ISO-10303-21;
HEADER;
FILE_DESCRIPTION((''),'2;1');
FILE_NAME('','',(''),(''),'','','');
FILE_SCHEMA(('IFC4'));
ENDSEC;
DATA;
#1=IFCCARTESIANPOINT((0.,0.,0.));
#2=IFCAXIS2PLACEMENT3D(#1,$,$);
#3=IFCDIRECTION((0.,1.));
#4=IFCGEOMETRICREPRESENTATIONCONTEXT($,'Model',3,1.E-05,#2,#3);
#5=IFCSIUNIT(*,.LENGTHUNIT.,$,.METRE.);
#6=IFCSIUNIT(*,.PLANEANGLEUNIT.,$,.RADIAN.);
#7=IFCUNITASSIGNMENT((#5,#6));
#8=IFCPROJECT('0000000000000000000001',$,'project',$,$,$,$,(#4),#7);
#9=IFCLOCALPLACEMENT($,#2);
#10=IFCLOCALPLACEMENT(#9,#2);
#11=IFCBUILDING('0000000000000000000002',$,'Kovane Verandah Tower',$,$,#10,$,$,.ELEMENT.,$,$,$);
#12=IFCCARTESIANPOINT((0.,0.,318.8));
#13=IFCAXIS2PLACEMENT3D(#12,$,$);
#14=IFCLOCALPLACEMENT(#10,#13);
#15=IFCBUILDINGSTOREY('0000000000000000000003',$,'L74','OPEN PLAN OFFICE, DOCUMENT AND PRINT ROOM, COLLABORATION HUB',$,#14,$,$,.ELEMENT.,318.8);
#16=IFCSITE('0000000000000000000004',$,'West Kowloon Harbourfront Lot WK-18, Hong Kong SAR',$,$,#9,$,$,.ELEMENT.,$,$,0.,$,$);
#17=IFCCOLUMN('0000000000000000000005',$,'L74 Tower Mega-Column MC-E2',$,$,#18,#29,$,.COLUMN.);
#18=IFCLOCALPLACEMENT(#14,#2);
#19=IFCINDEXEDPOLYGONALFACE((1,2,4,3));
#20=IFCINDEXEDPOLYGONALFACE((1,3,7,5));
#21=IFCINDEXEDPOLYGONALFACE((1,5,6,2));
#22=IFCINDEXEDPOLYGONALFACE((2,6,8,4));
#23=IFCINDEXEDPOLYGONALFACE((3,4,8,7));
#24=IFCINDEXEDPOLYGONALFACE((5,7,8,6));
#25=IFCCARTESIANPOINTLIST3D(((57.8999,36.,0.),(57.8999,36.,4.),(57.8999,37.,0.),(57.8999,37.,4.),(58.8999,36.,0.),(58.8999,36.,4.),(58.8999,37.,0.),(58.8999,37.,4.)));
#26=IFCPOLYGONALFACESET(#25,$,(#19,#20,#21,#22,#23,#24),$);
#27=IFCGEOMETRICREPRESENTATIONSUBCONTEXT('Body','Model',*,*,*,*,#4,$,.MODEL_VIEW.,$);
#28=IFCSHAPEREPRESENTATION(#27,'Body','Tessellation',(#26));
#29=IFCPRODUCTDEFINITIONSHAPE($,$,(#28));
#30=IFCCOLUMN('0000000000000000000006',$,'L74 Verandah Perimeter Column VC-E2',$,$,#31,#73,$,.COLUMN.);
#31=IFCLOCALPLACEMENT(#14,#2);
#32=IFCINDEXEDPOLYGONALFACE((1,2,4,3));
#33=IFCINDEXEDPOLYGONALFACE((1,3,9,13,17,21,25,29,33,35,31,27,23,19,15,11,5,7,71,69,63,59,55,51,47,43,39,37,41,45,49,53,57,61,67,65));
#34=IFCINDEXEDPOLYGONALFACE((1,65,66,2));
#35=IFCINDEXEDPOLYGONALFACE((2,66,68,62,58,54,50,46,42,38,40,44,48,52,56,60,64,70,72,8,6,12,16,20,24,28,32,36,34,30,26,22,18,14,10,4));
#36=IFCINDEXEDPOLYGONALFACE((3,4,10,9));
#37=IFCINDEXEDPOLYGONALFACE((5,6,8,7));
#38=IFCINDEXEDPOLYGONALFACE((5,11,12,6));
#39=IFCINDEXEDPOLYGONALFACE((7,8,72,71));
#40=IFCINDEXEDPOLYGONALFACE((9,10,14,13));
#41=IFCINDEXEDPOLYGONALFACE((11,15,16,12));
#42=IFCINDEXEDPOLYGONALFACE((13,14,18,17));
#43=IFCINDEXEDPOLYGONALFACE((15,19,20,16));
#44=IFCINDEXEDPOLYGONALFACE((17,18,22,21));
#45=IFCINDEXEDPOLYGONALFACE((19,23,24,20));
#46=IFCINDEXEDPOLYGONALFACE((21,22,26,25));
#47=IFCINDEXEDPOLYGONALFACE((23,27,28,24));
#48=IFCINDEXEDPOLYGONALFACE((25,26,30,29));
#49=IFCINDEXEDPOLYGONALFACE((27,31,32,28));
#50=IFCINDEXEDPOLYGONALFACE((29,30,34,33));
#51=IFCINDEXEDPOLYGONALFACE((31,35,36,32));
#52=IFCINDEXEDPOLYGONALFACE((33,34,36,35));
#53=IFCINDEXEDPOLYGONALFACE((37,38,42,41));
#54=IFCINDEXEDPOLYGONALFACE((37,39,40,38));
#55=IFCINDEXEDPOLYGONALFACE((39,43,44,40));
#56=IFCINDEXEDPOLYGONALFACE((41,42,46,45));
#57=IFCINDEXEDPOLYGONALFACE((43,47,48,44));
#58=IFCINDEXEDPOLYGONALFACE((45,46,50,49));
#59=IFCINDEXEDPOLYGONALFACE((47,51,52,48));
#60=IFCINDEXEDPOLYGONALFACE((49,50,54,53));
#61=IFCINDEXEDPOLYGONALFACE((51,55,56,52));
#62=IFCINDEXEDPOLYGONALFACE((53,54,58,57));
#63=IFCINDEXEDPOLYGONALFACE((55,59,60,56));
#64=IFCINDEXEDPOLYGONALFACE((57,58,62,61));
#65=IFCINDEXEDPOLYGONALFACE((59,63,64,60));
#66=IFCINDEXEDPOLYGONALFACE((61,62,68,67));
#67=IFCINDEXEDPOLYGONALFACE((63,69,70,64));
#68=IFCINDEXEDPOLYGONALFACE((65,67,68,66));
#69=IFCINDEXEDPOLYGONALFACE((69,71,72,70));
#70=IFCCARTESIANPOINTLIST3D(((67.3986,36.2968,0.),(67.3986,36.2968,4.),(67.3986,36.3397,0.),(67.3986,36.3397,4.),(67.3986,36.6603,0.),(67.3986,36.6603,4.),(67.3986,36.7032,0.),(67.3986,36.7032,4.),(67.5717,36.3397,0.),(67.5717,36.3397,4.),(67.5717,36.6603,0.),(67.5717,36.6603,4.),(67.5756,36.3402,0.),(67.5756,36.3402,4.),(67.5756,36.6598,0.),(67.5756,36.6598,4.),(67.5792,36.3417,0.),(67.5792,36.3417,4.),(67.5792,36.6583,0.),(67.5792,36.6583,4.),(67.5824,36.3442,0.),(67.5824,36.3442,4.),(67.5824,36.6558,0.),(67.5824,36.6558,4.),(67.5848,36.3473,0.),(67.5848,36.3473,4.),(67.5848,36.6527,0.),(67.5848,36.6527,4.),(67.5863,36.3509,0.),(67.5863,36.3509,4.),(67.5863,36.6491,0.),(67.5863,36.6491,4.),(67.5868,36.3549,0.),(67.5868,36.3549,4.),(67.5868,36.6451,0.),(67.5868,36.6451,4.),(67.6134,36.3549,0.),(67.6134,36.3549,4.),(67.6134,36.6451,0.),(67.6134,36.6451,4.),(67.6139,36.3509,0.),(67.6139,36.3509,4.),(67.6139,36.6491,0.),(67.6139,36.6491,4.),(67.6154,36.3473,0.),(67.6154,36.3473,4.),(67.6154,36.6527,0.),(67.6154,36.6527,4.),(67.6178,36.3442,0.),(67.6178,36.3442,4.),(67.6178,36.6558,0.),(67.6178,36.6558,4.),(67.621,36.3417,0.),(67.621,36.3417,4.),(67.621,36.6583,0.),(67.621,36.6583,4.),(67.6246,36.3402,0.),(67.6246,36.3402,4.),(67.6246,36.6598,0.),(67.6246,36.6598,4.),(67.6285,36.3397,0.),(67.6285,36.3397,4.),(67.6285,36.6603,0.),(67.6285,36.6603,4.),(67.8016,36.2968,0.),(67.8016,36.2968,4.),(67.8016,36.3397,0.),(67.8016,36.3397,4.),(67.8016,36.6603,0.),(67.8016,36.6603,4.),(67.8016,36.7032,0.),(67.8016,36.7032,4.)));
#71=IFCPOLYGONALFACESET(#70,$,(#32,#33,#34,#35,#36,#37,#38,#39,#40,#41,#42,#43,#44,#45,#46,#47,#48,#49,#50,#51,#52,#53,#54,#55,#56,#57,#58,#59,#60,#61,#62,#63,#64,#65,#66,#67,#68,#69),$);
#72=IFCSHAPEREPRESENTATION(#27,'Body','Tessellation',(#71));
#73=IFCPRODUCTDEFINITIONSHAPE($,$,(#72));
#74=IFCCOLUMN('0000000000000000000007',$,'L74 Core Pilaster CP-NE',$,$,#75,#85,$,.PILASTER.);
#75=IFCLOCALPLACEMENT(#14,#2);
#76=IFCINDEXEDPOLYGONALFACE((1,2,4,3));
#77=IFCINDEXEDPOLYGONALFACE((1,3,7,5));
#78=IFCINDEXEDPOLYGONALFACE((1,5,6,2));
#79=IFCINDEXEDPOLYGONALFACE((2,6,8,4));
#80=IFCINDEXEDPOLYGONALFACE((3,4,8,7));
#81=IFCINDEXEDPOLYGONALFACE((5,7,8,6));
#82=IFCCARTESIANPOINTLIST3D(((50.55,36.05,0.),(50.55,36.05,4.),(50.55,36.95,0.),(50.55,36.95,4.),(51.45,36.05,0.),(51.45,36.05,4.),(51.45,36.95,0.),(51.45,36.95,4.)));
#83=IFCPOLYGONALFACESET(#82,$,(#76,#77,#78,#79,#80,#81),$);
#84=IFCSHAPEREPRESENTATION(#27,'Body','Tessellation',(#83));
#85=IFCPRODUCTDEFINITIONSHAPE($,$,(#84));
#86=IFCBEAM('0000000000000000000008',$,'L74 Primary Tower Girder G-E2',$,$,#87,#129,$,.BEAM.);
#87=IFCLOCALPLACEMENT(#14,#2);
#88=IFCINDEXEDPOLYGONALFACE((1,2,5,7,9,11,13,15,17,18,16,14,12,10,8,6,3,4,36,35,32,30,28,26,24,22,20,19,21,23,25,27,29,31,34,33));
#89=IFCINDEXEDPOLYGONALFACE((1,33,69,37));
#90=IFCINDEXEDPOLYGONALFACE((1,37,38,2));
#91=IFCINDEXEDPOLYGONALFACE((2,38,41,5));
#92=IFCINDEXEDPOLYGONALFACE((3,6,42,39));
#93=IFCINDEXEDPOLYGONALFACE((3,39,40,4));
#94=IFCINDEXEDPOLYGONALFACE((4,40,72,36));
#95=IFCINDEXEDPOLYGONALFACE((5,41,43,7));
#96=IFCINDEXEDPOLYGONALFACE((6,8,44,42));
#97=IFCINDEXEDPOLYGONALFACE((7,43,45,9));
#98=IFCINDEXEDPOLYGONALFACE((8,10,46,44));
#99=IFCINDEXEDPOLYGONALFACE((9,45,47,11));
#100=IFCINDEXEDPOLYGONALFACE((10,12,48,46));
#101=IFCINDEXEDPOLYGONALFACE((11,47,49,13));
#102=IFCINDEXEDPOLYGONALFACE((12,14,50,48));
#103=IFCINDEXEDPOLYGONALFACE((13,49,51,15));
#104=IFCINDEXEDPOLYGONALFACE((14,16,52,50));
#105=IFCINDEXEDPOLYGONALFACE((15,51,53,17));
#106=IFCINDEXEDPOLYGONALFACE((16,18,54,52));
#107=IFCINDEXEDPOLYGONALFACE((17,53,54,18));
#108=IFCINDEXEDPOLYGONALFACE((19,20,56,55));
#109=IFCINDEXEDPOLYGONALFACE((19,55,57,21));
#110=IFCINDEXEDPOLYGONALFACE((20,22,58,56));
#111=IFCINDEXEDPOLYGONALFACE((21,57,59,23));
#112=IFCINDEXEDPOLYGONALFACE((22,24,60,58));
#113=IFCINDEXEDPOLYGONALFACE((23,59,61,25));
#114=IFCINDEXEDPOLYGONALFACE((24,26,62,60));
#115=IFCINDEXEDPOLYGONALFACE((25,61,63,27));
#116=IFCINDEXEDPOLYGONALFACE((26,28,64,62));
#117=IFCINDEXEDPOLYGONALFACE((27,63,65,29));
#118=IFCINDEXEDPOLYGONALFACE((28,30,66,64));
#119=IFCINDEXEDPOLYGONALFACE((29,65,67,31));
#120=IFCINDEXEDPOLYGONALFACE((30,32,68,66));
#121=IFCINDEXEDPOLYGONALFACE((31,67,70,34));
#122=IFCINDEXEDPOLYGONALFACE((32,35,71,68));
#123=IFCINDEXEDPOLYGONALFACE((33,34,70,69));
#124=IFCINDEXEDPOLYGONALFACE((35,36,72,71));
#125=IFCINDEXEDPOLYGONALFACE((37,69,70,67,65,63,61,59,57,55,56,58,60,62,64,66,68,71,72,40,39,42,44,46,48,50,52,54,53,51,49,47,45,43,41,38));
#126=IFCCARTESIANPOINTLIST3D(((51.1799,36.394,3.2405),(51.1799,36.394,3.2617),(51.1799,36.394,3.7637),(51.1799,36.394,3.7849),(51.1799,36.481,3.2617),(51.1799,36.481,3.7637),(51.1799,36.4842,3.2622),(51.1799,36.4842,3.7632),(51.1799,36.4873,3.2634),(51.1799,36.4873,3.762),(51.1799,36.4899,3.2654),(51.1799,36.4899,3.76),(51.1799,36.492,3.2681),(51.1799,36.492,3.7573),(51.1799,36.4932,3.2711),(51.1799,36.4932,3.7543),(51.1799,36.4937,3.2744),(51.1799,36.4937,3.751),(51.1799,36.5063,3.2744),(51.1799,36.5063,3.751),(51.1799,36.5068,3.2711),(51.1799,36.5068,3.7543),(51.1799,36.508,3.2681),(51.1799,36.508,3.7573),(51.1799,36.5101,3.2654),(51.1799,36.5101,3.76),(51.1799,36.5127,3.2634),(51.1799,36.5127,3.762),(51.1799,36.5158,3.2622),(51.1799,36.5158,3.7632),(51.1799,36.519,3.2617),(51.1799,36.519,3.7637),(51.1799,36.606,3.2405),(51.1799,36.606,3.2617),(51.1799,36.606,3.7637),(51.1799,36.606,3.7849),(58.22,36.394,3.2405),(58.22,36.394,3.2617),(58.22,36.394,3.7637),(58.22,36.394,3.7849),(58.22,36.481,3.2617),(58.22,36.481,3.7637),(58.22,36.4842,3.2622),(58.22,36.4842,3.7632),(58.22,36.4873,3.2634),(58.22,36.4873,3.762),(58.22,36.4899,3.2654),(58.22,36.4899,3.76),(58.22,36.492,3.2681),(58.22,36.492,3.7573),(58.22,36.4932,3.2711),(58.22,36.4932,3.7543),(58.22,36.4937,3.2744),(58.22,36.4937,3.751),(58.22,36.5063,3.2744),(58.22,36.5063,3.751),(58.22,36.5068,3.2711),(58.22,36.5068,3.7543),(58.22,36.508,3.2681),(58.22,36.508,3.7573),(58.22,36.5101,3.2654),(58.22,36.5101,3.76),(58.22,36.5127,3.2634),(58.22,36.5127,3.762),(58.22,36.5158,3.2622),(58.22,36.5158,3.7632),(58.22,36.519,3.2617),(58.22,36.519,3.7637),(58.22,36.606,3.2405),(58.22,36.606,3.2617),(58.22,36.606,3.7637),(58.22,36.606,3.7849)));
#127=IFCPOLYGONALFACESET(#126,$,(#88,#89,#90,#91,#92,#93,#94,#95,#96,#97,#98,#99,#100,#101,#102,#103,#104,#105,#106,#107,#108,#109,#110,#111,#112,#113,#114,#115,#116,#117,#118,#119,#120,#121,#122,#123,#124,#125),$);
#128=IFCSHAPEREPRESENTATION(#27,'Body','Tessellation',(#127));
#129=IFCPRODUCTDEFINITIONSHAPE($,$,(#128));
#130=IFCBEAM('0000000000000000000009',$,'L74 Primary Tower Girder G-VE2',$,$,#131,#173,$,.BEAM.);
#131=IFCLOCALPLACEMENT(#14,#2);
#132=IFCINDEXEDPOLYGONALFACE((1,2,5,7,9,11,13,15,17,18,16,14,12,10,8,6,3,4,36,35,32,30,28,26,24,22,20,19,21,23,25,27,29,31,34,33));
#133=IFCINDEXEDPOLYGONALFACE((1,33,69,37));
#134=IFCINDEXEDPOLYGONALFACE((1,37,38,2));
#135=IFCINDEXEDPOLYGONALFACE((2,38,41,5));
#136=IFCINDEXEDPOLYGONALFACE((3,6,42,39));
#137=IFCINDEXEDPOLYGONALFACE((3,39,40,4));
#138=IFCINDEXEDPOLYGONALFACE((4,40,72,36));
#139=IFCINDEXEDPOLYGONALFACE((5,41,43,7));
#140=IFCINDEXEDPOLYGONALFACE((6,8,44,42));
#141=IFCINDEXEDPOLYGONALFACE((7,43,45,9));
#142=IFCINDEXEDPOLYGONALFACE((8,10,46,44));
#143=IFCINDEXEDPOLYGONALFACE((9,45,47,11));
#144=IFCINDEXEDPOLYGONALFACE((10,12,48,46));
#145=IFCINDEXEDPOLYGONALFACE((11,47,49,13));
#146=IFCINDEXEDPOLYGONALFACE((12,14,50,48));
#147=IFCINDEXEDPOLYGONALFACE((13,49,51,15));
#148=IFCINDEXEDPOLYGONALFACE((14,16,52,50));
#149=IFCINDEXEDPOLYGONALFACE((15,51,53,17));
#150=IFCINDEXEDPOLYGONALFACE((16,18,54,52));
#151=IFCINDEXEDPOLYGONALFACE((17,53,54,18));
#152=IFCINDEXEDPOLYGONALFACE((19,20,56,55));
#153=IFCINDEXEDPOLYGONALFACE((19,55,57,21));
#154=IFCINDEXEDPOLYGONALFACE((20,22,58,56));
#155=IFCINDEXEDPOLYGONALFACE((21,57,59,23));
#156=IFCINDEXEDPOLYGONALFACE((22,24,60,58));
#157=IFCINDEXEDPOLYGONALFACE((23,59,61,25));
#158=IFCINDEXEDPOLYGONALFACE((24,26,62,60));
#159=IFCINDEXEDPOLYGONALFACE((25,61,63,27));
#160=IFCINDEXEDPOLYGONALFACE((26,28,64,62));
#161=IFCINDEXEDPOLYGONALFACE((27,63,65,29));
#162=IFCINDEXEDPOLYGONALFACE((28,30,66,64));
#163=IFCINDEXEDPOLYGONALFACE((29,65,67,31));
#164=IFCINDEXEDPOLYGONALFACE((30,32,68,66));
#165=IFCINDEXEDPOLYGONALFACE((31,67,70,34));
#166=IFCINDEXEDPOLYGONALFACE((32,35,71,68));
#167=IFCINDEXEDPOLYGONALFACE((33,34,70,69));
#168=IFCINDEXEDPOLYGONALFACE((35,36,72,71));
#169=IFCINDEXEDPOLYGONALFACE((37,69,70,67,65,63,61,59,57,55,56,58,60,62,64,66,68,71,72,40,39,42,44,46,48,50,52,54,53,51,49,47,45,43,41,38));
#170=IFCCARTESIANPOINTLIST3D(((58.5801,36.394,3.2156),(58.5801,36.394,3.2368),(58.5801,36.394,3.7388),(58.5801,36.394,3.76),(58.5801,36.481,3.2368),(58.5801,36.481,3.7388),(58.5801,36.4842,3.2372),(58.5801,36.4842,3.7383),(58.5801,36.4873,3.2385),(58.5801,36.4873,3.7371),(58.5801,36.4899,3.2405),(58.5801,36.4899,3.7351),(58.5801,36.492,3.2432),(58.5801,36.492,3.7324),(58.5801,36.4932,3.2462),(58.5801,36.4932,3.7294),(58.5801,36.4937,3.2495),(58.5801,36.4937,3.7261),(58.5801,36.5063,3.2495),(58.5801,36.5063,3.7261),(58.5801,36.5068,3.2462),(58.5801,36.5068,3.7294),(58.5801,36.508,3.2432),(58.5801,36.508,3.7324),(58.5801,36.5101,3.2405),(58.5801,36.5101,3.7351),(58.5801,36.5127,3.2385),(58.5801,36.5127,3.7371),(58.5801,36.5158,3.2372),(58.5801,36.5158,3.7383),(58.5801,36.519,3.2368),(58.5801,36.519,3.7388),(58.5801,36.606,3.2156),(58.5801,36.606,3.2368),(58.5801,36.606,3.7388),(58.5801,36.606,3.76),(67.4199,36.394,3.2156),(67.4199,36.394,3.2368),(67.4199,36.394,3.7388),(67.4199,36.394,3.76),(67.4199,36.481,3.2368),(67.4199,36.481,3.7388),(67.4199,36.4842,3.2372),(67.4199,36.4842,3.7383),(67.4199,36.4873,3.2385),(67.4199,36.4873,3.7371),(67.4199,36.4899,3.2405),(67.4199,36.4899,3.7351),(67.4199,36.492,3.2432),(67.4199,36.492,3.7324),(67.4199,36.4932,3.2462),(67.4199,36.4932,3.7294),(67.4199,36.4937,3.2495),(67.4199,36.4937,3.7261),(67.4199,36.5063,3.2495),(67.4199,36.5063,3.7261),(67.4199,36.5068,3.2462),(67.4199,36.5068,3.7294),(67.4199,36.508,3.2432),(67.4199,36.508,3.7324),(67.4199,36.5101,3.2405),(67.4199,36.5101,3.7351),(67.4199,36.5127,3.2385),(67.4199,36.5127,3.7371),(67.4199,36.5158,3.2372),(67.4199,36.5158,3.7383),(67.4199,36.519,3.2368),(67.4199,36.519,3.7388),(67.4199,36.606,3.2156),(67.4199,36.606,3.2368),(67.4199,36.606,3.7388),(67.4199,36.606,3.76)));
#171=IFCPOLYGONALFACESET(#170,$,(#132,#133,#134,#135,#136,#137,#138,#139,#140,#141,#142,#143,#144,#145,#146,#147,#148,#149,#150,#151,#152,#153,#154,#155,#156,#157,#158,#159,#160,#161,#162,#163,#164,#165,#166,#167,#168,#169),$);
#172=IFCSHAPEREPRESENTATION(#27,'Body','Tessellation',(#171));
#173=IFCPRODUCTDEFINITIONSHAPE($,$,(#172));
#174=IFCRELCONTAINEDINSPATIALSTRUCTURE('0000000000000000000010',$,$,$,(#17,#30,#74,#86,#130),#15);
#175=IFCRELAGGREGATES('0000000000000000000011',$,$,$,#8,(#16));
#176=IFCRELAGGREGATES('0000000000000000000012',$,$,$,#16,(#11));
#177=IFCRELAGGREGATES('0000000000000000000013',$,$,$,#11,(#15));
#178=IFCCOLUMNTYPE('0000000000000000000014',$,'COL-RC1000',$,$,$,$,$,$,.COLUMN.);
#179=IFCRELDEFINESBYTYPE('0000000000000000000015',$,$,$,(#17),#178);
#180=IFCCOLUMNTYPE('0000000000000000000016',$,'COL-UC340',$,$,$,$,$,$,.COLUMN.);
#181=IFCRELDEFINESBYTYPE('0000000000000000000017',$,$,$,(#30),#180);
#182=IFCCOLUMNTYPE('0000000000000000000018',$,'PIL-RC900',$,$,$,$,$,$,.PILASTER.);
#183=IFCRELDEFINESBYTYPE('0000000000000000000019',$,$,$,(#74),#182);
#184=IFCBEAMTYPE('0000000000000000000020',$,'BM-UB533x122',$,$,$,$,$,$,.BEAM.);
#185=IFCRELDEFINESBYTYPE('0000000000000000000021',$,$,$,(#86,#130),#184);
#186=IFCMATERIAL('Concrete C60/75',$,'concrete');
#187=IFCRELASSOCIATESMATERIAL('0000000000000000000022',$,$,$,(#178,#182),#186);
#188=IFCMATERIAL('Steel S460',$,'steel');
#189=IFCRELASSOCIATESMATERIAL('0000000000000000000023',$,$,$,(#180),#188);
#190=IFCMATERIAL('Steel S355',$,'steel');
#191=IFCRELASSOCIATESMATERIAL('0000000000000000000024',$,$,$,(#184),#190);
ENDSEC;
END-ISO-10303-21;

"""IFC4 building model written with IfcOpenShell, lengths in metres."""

from ifc_helpers import new_model, si_unit, direction, frame, origin, origin_2d, place, context, subcontext, project, spatial, rectangle, i_section, extrude, material, material_profile, profile_set, type_object, element, save


model = new_model("IFC4")

# Units and contexts
model_context = context("Model", 3, precision=1e-05, world=origin(), true_north=direction((0.0, 1.0)))
body_context = subcontext(model_context, "Body", "Model", "MODEL_VIEW")
ifc_project = project(units=[si_unit("LENGTHUNIT", "METRE"), si_unit("PLANEANGLEUNIT", "RADIAN")], contexts=[model_context])

# Site, building, storey
site_placement = place(None, origin())
site = spatial("IfcSite", under=ifc_project, at=site_placement, Name="West Kowloon Harbourfront Lot WK-18, Hong Kong SAR", CompositionType="ELEMENT", RefElevation=0.0)
building_placement = place(site_placement, origin())
building = spatial("IfcBuilding", under=site, at=building_placement, Name="Kovane Verandah Tower", CompositionType="ELEMENT")
storey_placement = place(building_placement, frame((0.0, 0.0, 318.8)))
storey = spatial("IfcBuildingStorey", under=building, at=storey_placement, Name="L74", Description="OPEN PLAN OFFICE, DOCUMENT AND PRINT ROOM, COLLABORATION HUB", CompositionType="ELEMENT", Elevation=318.8)

# Columns
ifc_material_1 = material(Name="Concrete C60/75", Category="concrete")
ifc_material_profile_1 = material_profile(ifc_material_1, rectangle(XDim=1.0, YDim=1.0, at=origin_2d()), Name="RC1000x1000")
ifc_profile_set_1 = profile_set([ifc_material_profile_1], Name="Concrete C60/75")
column_type_1 = type_object("IfcColumnType", Name="COL-RC1000", PredefinedType="COLUMN", material=ifc_profile_set_1)
column_1_placement = place(storey_placement, frame((58.3999, 36.5, 0.0), z_axis=(0.0, 0.0, 1.0), x_axis=(1.0, 0.0, 0.0)))
element("IfcColumn", 1, at=column_1_placement, inside=storey, type_object=column_type_1, Name="L74 Tower Mega-Column MC-E2", PredefinedType="COLUMN", context=body_context, shape_type="SweptSolid", body=[
    extrude(rectangle(XDim=1.0, YDim=1.0, at=origin_2d()), origin(), (0.0, 0.0, 1.0), 4.0),
])
ifc_material_2 = material(Name="Steel S460", Category="steel")
ifc_material_profile_2 = material_profile(ifc_material_2, i_section(OverallWidth=0.4031, OverallDepth=0.4065, WebThickness=0.0266, FlangeThickness=0.043, FilletRadius=0.0151, at=origin_2d()), Name="UC356x406x340")
ifc_profile_set_2 = profile_set([ifc_material_profile_2], Name="Steel S460")
column_type_2 = type_object("IfcColumnType", Name="COL-UC340", PredefinedType="COLUMN", material=ifc_profile_set_2)
column_2_placement = place(storey_placement, frame((67.6001, 36.5, 0.0), z_axis=(0.0, 0.0, 1.0), x_axis=(1.0, 0.0, 0.0)))
element("IfcColumn", 2, at=column_2_placement, inside=storey, type_object=column_type_2, Name="L74 Verandah Perimeter Column VC-E2", PredefinedType="COLUMN", context=body_context, shape_type="SweptSolid", body=[
    extrude(i_section(OverallWidth=0.4031, OverallDepth=0.4065, WebThickness=0.0266, FlangeThickness=0.043, FilletRadius=0.0151, at=origin_2d()), origin(), (0.0, 0.0, 1.0), 4.0),
])
ifc_material_profile_3 = material_profile(ifc_material_1, rectangle(XDim=0.8999, YDim=0.8999, at=origin_2d()), Name="RC900x900")
ifc_profile_set_3 = profile_set([ifc_material_profile_3], Name="Concrete C60/75")
column_type_3 = type_object("IfcColumnType", Name="PIL-RC900", PredefinedType="PILASTER", material=ifc_profile_set_3)
column_3_placement = place(storey_placement, frame((51.0, 36.5, 0.0), z_axis=(0.0, 0.0, 1.0), x_axis=(1.0, 0.0, 0.0)))
element("IfcColumn", 3, at=column_3_placement, inside=storey, type_object=column_type_3, Name="L74 Core Pilaster CP-NE", PredefinedType="PILASTER", context=body_context, shape_type="SweptSolid", body=[
    extrude(rectangle(XDim=0.8999, YDim=0.8999, at=origin_2d()), origin(), (0.0, 0.0, 1.0), 4.0),
])

# Beams
ifc_material_3 = material(Name="Steel S355", Category="steel")
ifc_material_profile_4 = material_profile(ifc_material_3, i_section(OverallWidth=0.2119, OverallDepth=0.5444, WebThickness=0.0127, FlangeThickness=0.0212, FilletRadius=0.0127, at=origin_2d()), Name="UB533x210x122")
ifc_profile_set_4 = profile_set([ifc_material_profile_4], Name="Steel S355")
beam_type_1 = type_object("IfcBeamType", Name="BM-UB533x122", PredefinedType="BEAM", material=ifc_profile_set_4)
beam_1_placement = place(storey_placement, frame((51.1799, 36.5, 3.5127), z_axis=(1.0, 0.0, 0.0), x_axis=(0.0, 1.0, 0.0)))
element("IfcBeam", 4, at=beam_1_placement, inside=storey, type_object=beam_type_1, Name="L74 Primary Tower Girder G-E2", PredefinedType="BEAM", context=body_context, shape_type="SweptSolid", body=[
    extrude(i_section(OverallWidth=0.2119, OverallDepth=0.5444, WebThickness=0.0127, FlangeThickness=0.0212, FilletRadius=0.0127, at=origin_2d()), origin(), (0.0, 0.0, 1.0), 7.04),
])
beam_2_placement = place(storey_placement, frame((58.5801, 36.5, 3.4878), z_axis=(1.0, 0.0, 0.0), x_axis=(0.0, 1.0, 0.0)))
element("IfcBeam", 5, at=beam_2_placement, inside=storey, type_object=beam_type_1, Name="L74 Primary Tower Girder G-VE2", PredefinedType="BEAM", context=body_context, shape_type="SweptSolid", body=[
    extrude(i_section(OverallWidth=0.2119, OverallDepth=0.5444, WebThickness=0.0127, FlangeThickness=0.0212, FilletRadius=0.0127, at=origin_2d()), origin(), (0.0, 0.0, 1.0), 8.8398),
])

save(model, "model.ifc")
